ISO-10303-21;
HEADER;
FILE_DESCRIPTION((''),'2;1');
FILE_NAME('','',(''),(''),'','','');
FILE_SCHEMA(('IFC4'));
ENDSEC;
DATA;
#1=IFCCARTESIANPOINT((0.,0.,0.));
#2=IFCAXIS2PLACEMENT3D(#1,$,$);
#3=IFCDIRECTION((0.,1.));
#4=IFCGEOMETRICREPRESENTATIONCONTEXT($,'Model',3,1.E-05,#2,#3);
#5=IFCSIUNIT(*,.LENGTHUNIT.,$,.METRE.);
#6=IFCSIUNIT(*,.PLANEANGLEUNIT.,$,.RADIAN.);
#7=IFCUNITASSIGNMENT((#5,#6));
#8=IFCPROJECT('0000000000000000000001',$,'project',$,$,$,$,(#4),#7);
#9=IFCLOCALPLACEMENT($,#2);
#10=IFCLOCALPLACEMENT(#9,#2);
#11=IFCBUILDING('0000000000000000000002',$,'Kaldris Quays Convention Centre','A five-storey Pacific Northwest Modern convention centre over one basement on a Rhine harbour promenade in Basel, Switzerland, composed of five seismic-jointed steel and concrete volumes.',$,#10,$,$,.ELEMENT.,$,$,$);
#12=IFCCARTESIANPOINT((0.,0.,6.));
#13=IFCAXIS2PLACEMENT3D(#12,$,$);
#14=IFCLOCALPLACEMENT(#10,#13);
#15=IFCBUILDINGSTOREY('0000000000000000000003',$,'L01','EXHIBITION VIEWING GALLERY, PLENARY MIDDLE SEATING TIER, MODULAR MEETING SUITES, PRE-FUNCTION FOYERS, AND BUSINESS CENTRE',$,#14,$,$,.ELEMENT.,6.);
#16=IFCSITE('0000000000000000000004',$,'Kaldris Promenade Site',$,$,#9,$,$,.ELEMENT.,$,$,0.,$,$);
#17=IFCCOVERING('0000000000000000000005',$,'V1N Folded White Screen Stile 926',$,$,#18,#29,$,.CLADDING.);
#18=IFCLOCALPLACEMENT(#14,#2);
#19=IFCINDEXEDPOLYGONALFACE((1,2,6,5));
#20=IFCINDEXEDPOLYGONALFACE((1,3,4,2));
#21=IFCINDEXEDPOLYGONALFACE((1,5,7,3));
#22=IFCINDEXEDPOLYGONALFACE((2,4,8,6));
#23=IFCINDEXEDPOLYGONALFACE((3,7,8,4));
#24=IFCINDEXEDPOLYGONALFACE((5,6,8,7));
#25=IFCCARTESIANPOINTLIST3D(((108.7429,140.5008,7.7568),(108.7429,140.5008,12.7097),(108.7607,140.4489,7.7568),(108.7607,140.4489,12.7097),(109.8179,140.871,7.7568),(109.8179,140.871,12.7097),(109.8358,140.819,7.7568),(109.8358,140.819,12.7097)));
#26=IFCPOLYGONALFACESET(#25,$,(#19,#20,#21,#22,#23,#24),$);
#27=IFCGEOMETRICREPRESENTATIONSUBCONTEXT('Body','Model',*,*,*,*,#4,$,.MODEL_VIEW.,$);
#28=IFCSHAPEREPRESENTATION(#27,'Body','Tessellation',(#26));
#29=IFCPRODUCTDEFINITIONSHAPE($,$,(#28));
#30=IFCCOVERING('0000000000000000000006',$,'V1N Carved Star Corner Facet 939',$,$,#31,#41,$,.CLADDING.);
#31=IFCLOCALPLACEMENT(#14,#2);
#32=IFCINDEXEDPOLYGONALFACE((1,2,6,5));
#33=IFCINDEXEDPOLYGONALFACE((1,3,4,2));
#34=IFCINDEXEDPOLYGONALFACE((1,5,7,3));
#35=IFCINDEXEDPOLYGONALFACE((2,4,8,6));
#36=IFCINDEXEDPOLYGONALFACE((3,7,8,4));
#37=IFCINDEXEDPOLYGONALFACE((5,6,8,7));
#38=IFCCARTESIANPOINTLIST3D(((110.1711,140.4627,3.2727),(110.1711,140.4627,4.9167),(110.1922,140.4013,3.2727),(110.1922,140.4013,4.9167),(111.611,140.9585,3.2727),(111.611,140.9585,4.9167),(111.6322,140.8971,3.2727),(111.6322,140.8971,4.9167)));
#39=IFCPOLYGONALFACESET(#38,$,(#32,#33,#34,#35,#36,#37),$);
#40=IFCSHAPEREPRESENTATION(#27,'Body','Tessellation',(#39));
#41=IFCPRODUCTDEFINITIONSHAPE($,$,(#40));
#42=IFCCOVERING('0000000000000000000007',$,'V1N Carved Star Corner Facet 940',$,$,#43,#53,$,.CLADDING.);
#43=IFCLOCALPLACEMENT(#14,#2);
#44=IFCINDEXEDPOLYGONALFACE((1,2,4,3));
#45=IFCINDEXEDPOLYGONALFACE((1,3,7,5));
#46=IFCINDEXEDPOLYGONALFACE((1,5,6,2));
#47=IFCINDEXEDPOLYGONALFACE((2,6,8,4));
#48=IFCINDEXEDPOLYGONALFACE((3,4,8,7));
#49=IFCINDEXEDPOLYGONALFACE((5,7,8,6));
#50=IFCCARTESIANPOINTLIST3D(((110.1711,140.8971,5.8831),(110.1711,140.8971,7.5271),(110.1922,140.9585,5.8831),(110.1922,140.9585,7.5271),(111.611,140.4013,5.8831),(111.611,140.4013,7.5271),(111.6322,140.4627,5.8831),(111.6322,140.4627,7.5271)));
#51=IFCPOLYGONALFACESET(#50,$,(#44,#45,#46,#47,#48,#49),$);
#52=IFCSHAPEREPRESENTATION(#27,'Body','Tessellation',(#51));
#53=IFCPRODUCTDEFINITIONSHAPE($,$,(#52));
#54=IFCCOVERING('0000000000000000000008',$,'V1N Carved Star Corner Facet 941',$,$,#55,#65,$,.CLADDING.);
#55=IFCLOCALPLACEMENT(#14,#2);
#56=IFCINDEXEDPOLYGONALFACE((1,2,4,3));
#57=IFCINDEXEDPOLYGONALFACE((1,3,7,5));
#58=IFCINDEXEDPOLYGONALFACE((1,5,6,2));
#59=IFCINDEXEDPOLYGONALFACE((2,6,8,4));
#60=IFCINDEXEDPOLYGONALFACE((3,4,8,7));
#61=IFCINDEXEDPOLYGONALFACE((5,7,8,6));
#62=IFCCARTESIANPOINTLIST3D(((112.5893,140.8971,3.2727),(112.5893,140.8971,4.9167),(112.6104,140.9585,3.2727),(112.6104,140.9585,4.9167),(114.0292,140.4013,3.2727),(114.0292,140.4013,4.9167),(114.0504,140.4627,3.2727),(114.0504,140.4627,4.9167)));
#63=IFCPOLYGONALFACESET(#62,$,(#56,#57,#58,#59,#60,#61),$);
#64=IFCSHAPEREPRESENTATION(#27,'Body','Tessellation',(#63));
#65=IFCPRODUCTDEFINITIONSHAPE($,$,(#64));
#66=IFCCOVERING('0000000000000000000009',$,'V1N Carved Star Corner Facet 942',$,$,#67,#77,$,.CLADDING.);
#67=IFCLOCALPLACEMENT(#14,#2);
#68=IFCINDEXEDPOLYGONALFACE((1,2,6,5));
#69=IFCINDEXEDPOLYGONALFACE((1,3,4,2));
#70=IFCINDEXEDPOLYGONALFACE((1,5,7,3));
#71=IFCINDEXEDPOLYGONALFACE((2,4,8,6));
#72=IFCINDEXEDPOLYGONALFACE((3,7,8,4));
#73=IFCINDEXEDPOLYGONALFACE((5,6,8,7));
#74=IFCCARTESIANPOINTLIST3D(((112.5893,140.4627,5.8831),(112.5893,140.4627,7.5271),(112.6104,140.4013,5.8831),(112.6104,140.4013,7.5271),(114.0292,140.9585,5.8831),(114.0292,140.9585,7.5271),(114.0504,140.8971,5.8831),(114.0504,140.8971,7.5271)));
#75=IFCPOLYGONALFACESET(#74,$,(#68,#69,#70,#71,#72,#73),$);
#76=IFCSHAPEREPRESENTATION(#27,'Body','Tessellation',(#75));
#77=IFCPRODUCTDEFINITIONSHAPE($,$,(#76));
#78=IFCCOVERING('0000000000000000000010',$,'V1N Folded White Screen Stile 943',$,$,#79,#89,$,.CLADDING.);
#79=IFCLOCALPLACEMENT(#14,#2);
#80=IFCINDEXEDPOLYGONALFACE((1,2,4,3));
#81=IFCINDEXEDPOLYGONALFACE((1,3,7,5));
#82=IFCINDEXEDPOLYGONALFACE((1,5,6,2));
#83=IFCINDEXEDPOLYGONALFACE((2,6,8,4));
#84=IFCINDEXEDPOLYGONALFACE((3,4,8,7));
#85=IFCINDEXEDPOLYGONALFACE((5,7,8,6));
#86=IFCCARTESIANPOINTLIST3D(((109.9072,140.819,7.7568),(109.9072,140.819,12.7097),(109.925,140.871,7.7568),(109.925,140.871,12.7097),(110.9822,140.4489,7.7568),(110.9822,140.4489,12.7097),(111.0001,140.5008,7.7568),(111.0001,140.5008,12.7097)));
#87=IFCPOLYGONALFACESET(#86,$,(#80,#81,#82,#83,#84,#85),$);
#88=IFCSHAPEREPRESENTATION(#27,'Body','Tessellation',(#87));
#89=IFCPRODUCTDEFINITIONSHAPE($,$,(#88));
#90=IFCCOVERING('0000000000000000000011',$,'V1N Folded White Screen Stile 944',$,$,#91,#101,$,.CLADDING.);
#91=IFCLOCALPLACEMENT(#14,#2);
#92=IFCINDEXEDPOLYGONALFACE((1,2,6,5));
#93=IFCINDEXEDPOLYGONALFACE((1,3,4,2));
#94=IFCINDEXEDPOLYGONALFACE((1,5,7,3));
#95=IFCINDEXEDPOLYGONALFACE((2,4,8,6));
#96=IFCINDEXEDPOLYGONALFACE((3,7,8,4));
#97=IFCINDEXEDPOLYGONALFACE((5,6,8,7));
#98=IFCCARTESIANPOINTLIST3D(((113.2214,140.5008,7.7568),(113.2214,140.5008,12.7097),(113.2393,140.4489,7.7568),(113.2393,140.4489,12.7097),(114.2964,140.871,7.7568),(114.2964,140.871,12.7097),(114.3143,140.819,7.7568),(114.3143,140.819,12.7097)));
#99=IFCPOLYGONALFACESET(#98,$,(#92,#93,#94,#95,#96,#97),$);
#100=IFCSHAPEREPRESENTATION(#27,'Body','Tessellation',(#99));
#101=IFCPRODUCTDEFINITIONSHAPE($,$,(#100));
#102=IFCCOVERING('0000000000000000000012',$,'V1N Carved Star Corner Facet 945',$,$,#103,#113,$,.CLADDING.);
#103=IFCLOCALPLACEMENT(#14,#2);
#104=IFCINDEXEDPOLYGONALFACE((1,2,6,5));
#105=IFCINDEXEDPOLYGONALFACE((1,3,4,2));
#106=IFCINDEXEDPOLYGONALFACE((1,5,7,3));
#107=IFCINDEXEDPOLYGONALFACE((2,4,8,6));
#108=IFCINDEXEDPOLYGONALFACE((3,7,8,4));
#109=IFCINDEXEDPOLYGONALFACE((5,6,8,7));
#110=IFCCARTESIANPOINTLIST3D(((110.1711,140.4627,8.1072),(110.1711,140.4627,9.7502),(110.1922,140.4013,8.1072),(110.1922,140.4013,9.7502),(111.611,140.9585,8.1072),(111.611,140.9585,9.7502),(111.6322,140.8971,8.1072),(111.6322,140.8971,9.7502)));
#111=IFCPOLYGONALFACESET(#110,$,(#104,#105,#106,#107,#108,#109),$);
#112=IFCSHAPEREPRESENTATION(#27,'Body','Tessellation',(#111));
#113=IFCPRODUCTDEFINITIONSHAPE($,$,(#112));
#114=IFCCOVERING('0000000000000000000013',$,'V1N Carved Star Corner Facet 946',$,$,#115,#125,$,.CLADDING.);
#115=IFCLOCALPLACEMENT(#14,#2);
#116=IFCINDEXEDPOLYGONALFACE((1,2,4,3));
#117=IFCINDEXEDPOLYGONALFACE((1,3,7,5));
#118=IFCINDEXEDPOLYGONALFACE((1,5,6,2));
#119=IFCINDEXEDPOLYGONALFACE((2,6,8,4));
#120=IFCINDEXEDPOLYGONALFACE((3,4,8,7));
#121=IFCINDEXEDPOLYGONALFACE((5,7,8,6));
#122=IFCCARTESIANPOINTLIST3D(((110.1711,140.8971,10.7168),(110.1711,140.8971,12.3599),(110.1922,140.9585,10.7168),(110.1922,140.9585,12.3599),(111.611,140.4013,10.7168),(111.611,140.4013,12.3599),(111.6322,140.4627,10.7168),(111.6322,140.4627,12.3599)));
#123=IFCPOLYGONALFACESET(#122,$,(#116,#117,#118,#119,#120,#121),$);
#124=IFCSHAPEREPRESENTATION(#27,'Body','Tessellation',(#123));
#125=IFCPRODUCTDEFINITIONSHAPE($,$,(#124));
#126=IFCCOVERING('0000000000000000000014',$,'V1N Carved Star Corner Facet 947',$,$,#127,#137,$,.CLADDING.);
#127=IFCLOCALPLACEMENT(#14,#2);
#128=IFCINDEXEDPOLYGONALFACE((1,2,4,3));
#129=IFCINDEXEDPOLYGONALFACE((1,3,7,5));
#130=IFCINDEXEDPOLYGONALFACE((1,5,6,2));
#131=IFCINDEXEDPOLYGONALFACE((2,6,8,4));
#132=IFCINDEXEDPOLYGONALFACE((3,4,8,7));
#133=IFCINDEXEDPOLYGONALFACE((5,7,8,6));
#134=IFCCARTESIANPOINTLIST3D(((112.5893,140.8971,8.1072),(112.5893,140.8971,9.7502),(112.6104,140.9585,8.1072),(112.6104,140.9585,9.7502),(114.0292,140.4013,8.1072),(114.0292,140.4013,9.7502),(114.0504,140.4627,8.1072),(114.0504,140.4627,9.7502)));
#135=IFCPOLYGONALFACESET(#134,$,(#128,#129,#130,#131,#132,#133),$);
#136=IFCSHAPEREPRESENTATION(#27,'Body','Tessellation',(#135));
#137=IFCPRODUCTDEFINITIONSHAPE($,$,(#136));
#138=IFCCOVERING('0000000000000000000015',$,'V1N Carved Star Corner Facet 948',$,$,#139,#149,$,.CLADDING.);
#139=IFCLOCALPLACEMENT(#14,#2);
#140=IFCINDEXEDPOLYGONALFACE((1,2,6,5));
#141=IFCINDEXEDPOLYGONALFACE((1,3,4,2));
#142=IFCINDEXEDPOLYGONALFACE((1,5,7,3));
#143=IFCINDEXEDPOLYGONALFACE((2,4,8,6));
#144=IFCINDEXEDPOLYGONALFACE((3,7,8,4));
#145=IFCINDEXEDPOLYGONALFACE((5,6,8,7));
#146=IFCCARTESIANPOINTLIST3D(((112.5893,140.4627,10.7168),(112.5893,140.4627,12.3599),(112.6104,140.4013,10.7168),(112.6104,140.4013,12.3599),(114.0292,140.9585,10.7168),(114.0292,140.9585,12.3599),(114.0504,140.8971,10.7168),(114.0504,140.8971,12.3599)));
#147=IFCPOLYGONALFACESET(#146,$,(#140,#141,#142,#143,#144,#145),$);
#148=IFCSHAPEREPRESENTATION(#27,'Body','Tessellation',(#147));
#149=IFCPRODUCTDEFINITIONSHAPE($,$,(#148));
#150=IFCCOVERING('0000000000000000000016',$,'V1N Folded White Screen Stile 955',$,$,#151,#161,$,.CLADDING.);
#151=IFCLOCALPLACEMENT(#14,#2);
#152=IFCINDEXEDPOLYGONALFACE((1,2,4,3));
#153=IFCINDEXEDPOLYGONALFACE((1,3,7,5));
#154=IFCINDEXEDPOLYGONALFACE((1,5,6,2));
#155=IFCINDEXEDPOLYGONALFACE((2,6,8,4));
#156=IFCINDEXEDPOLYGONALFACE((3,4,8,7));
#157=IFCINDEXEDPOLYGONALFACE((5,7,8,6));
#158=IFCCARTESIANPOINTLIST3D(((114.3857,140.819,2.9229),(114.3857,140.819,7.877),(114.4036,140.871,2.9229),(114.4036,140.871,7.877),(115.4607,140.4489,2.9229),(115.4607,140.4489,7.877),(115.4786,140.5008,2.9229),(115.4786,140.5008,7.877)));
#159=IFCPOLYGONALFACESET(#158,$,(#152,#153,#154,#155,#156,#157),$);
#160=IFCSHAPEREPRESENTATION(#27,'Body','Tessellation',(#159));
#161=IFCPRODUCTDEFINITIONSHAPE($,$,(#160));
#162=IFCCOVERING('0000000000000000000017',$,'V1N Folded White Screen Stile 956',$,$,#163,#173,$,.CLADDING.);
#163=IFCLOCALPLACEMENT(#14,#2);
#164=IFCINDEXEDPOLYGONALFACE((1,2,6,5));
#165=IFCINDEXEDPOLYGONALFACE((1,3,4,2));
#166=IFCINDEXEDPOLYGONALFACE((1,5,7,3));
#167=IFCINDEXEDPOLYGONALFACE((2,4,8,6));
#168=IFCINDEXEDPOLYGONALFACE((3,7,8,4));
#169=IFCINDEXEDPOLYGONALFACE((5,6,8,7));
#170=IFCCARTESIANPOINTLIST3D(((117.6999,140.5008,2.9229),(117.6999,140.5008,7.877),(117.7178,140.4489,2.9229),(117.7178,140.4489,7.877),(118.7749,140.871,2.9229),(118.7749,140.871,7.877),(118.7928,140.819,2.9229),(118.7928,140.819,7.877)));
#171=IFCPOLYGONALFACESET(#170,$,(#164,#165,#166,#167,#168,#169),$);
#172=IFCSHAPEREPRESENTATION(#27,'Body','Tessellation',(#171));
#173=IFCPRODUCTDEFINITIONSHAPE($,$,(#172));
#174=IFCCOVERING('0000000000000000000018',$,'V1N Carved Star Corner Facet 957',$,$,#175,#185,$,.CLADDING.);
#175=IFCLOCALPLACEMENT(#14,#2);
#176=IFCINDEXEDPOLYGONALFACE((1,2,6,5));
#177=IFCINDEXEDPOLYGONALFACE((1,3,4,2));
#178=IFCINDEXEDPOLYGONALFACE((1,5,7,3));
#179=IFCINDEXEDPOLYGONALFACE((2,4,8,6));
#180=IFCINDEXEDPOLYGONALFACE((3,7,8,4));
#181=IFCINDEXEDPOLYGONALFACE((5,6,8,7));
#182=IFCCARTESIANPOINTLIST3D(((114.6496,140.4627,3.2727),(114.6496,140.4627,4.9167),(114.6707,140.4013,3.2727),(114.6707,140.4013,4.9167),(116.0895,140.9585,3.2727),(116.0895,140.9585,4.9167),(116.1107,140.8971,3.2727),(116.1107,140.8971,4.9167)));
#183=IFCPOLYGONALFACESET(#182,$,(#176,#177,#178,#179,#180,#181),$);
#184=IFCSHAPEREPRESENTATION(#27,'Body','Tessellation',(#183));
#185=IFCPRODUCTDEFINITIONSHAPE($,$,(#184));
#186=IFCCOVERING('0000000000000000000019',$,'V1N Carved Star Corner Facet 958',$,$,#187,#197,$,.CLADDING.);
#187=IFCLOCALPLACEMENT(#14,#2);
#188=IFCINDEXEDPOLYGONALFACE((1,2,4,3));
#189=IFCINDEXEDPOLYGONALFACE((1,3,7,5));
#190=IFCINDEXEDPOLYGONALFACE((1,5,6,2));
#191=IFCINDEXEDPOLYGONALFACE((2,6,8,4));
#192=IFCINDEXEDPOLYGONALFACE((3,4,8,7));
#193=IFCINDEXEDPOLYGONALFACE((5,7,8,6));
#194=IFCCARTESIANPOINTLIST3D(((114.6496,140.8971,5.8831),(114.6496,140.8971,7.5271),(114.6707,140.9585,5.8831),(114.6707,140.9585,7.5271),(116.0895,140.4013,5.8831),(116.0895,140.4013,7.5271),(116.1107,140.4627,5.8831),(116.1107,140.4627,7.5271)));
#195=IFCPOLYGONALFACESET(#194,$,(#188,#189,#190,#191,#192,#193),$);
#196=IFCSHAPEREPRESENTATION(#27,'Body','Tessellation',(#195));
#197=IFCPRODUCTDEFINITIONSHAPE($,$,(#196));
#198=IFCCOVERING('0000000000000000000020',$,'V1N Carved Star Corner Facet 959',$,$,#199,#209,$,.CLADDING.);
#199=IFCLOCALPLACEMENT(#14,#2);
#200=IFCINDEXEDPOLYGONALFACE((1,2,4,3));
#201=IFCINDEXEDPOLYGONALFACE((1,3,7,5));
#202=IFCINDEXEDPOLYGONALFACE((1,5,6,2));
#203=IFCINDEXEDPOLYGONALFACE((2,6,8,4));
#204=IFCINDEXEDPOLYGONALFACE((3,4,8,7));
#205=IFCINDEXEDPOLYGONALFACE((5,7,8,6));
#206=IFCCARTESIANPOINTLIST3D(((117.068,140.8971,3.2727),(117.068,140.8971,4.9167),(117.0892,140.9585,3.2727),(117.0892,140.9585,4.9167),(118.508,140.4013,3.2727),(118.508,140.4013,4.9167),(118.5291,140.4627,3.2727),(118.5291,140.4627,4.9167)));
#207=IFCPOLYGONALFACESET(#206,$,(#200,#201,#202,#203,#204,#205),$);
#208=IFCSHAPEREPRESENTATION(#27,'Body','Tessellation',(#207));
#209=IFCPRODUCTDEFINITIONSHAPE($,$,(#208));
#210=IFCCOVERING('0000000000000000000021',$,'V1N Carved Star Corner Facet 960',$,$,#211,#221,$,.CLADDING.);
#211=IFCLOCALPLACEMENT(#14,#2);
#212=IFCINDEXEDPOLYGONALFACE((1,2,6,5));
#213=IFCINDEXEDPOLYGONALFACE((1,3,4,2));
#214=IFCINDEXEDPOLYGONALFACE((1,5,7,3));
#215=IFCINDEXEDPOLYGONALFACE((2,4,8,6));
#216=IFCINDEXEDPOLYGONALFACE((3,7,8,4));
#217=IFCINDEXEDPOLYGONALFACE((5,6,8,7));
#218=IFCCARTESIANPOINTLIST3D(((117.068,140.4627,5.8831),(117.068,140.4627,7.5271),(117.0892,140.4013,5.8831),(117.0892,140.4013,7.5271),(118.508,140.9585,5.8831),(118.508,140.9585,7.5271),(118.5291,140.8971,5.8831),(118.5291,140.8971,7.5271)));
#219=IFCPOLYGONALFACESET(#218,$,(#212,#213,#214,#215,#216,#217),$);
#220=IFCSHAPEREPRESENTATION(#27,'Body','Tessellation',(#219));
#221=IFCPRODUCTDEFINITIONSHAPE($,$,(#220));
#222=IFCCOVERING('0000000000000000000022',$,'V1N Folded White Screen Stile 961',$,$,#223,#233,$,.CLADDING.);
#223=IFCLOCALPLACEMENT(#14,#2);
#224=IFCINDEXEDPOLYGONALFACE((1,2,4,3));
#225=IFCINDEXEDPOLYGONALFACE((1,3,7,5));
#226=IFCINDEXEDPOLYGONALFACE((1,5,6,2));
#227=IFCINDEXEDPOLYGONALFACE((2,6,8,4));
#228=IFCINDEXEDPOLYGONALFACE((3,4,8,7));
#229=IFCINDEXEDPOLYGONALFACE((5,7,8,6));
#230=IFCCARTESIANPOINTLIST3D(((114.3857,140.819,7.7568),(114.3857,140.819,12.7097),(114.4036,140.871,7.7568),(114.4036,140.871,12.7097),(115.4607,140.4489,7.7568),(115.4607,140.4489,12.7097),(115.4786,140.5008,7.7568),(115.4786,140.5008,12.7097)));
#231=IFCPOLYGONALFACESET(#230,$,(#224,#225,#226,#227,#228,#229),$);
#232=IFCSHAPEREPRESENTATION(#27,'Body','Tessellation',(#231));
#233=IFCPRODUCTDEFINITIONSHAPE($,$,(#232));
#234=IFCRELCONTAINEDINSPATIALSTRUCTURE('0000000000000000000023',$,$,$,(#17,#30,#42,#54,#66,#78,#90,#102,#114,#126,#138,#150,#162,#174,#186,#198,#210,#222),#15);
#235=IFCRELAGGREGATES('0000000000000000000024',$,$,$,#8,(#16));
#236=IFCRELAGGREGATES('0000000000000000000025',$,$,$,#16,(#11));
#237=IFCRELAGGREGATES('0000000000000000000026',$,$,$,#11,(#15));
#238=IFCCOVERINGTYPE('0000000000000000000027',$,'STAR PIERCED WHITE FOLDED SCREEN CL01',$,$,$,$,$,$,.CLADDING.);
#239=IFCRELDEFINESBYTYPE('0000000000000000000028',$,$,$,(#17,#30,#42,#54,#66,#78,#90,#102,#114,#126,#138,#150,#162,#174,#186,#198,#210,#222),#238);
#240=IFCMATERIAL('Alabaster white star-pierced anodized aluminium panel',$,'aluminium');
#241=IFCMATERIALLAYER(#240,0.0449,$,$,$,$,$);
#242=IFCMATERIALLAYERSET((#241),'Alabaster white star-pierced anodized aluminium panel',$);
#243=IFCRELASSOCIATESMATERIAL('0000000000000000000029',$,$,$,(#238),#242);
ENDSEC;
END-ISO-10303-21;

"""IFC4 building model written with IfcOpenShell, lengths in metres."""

from ifc_helpers import new_model, si_unit, direction, frame, origin, origin_2d, place, context, subcontext, project, spatial, rectangle, extrude, material, layer, layer_set, type_object, element, save


model = new_model("IFC4")

# Units and contexts
model_context = context("Model", 3, precision=1e-05, world=origin(), true_north=direction((0.0, 1.0)))
body_context = subcontext(model_context, "Body", "Model", "MODEL_VIEW")
ifc_project = project(units=[si_unit("LENGTHUNIT", "METRE"), si_unit("PLANEANGLEUNIT", "RADIAN")], contexts=[model_context])

# Site, building, storey
site_placement = place(None, origin())
site = spatial("IfcSite", under=ifc_project, at=site_placement, Name="Kaldris Promenade Site", CompositionType="ELEMENT", RefElevation=0.0)
building_placement = place(site_placement, origin())
building = spatial("IfcBuilding", under=site, at=building_placement, Name="Kaldris Quays Convention Centre", Description="A five-storey Pacific Northwest Modern convention centre over one basement on a Rhine harbour promenade in Basel, Switzerland, composed of five seismic-jointed steel and concrete volumes.", CompositionType="ELEMENT")
storey_placement = place(building_placement, frame((0.0, 0.0, 6.0)))
storey = spatial("IfcBuildingStorey", under=building, at=storey_placement, Name="L01", Description="EXHIBITION VIEWING GALLERY, PLENARY MIDDLE SEATING TIER, MODULAR MEETING SUITES, PRE-FUNCTION FOYERS, AND BUSINESS CENTRE", CompositionType="ELEMENT", Elevation=6.0)

# Coverings
ifc_material_1 = material(Name="Alabaster white star-pierced anodized aluminium panel", Category="aluminium")
ifc_layer = layer(ifc_material_1, 0.0449)
ifc_layer_set = layer_set([ifc_layer], Name="Alabaster white star-pierced anodized aluminium panel")
covering_type = type_object("IfcCoveringType", Name="STAR PIERCED WHITE FOLDED SCREEN CL01", PredefinedType="CLADDING", material=ifc_layer_set)
covering_placement = place(storey_placement, frame((109.2893, 140.6599, 7.7568), z_axis=(0.0, 0.0, 1.0), x_axis=(0.945519, 0.325568, 0.0)))
element("IfcCovering", 1, at=covering_placement, inside=storey, type_object=covering_type, Name="V1N Folded White Screen Stile 926", PredefinedType="CLADDING", context=body_context, shape_type="SweptSolid", body=[
    extrude(rectangle(XDim=1.137, YDim=0.0549, at=origin_2d()), origin(), (0.0, 0.0, 1.0), 4.9529),
])
for number, where, z_axis, x_axis, name in (
    (2, (110.9016, 140.6799, 3.2727), (0.0, 0.0, 1.0), (0.945519, 0.325568, 0.0), "V1N Carved Star Corner Facet 939"),
    (3, (110.9016, 140.6799, 5.8831), (0.0, 0.0, 1.0), (0.945519, -0.325568, 0.0), "V1N Carved Star Corner Facet 940"),
    (4, (113.3198, 140.6799, 3.2727), (0.0, 0.0, 1.0), (0.945519, -0.325568, 0.0), "V1N Carved Star Corner Facet 941"),
    (5, (113.3198, 140.6799, 5.8831), (0.0, 0.0, 1.0), (0.945519, 0.325568, 0.0), "V1N Carved Star Corner Facet 942"),
):
    element("IfcCovering", number, at=place(storey_placement, frame(where, z_axis=z_axis, x_axis=x_axis)), inside=storey, type_object=covering_type, Name=name, PredefinedType="CLADDING", context=body_context, shape_type="SweptSolid", body=[
        extrude(rectangle(XDim=1.5229, YDim=0.0649, at=origin_2d()), origin(), (0.0, 0.0, 1.0), 1.644),
    ])
for number, where, z_axis, x_axis, name in (
    (6, (110.4536, 140.6599, 7.7568), (0.0, 0.0, 1.0), (0.945519, -0.325568, 0.0), "V1N Folded White Screen Stile 943"),
    (7, (113.7678, 140.6599, 7.7568), (0.0, 0.0, 1.0), (0.945519, 0.325568, 0.0), "V1N Folded White Screen Stile 944"),
):
    element("IfcCovering", number, at=place(storey_placement, frame(where, z_axis=z_axis, x_axis=x_axis)), inside=storey, type_object=covering_type, Name=name, PredefinedType="CLADDING", context=body_context, shape_type="SweptSolid", body=[
        extrude(rectangle(XDim=1.137, YDim=0.0549, at=origin_2d()), origin(), (0.0, 0.0, 1.0), 4.9529),
    ])
for number, where, z_axis, x_axis, name in (
    (8, (110.9016, 140.6799, 8.1072), (0.0, 0.0, 1.0), (0.945519, 0.325568, 0.0), "V1N Carved Star Corner Facet 945"),
    (9, (110.9016, 140.6799, 10.7168), (0.0, 0.0, 1.0), (0.945519, -0.325568, 0.0), "V1N Carved Star Corner Facet 946"),
    (10, (113.3198, 140.6799, 8.1072), (0.0, 0.0, 1.0), (0.945519, -0.325568, 0.0), "V1N Carved Star Corner Facet 947"),
    (11, (113.3198, 140.6799, 10.7168), (0.0, 0.0, 1.0), (0.945519, 0.325568, 0.0), "V1N Carved Star Corner Facet 948"),
):
    element("IfcCovering", number, at=place(storey_placement, frame(where, z_axis=z_axis, x_axis=x_axis)), inside=storey, type_object=covering_type, Name=name, PredefinedType="CLADDING", context=body_context, shape_type="SweptSolid", body=[
        extrude(rectangle(XDim=1.5229, YDim=0.0649, at=origin_2d()), origin(), (0.0, 0.0, 1.0), 1.6431),
    ])
for number, where, z_axis, x_axis, name in (
    (12, (114.9321, 140.6599, 2.9229), (0.0, 0.0, 1.0), (0.945519, -0.325568, 0.0), "V1N Folded White Screen Stile 955"),
    (13, (118.2463, 140.6599, 2.9229), (0.0, 0.0, 1.0), (0.945519, 0.325568, 0.0), "V1N Folded White Screen Stile 956"),
):
    element("IfcCovering", number, at=place(storey_placement, frame(where, z_axis=z_axis, x_axis=x_axis)), inside=storey, type_object=covering_type, Name=name, PredefinedType="CLADDING", context=body_context, shape_type="SweptSolid", body=[
        extrude(rectangle(XDim=1.137, YDim=0.0549, at=origin_2d()), origin(), (0.0, 0.0, 1.0), 4.9541),
    ])
for number, where, z_axis, x_axis, name in (
    (14, (115.3801, 140.6799, 3.2727), (0.0, 0.0, 1.0), (0.945519, 0.325568, 0.0), "V1N Carved Star Corner Facet 957"),
    (15, (115.3801, 140.6799, 5.8831), (0.0, 0.0, 1.0), (0.945519, -0.325568, 0.0), "V1N Carved Star Corner Facet 958"),
    (16, (117.7986, 140.6799, 3.2727), (0.0, 0.0, 1.0), (0.945519, -0.325568, 0.0), "V1N Carved Star Corner Facet 959"),
    (17, (117.7986, 140.6799, 5.8831), (0.0, 0.0, 1.0), (0.945519, 0.325568, 0.0), "V1N Carved Star Corner Facet 960"),
):
    element("IfcCovering", number, at=place(storey_placement, frame(where, z_axis=z_axis, x_axis=x_axis)), inside=storey, type_object=covering_type, Name=name, PredefinedType="CLADDING", context=body_context, shape_type="SweptSolid", body=[
        extrude(rectangle(XDim=1.5229, YDim=0.0649, at=origin_2d()), origin(), (0.0, 0.0, 1.0), 1.644),
    ])
for number, where, z_axis, x_axis, name in (
    (18, (114.9321, 140.6599, 7.7568), (0.0, 0.0, 1.0), (0.945519, -0.325568, 0.0), "V1N Folded White Screen Stile 961"),
):
    element("IfcCovering", number, at=place(storey_placement, frame(where, z_axis=z_axis, x_axis=x_axis)), inside=storey, type_object=covering_type, Name=name, PredefinedType="CLADDING", context=body_context, shape_type="SweptSolid", body=[
        extrude(rectangle(XDim=1.137, YDim=0.0549, at=origin_2d()), origin(), (0.0, 0.0, 1.0), 4.9529),
    ])

save(model, "model.ifc")
